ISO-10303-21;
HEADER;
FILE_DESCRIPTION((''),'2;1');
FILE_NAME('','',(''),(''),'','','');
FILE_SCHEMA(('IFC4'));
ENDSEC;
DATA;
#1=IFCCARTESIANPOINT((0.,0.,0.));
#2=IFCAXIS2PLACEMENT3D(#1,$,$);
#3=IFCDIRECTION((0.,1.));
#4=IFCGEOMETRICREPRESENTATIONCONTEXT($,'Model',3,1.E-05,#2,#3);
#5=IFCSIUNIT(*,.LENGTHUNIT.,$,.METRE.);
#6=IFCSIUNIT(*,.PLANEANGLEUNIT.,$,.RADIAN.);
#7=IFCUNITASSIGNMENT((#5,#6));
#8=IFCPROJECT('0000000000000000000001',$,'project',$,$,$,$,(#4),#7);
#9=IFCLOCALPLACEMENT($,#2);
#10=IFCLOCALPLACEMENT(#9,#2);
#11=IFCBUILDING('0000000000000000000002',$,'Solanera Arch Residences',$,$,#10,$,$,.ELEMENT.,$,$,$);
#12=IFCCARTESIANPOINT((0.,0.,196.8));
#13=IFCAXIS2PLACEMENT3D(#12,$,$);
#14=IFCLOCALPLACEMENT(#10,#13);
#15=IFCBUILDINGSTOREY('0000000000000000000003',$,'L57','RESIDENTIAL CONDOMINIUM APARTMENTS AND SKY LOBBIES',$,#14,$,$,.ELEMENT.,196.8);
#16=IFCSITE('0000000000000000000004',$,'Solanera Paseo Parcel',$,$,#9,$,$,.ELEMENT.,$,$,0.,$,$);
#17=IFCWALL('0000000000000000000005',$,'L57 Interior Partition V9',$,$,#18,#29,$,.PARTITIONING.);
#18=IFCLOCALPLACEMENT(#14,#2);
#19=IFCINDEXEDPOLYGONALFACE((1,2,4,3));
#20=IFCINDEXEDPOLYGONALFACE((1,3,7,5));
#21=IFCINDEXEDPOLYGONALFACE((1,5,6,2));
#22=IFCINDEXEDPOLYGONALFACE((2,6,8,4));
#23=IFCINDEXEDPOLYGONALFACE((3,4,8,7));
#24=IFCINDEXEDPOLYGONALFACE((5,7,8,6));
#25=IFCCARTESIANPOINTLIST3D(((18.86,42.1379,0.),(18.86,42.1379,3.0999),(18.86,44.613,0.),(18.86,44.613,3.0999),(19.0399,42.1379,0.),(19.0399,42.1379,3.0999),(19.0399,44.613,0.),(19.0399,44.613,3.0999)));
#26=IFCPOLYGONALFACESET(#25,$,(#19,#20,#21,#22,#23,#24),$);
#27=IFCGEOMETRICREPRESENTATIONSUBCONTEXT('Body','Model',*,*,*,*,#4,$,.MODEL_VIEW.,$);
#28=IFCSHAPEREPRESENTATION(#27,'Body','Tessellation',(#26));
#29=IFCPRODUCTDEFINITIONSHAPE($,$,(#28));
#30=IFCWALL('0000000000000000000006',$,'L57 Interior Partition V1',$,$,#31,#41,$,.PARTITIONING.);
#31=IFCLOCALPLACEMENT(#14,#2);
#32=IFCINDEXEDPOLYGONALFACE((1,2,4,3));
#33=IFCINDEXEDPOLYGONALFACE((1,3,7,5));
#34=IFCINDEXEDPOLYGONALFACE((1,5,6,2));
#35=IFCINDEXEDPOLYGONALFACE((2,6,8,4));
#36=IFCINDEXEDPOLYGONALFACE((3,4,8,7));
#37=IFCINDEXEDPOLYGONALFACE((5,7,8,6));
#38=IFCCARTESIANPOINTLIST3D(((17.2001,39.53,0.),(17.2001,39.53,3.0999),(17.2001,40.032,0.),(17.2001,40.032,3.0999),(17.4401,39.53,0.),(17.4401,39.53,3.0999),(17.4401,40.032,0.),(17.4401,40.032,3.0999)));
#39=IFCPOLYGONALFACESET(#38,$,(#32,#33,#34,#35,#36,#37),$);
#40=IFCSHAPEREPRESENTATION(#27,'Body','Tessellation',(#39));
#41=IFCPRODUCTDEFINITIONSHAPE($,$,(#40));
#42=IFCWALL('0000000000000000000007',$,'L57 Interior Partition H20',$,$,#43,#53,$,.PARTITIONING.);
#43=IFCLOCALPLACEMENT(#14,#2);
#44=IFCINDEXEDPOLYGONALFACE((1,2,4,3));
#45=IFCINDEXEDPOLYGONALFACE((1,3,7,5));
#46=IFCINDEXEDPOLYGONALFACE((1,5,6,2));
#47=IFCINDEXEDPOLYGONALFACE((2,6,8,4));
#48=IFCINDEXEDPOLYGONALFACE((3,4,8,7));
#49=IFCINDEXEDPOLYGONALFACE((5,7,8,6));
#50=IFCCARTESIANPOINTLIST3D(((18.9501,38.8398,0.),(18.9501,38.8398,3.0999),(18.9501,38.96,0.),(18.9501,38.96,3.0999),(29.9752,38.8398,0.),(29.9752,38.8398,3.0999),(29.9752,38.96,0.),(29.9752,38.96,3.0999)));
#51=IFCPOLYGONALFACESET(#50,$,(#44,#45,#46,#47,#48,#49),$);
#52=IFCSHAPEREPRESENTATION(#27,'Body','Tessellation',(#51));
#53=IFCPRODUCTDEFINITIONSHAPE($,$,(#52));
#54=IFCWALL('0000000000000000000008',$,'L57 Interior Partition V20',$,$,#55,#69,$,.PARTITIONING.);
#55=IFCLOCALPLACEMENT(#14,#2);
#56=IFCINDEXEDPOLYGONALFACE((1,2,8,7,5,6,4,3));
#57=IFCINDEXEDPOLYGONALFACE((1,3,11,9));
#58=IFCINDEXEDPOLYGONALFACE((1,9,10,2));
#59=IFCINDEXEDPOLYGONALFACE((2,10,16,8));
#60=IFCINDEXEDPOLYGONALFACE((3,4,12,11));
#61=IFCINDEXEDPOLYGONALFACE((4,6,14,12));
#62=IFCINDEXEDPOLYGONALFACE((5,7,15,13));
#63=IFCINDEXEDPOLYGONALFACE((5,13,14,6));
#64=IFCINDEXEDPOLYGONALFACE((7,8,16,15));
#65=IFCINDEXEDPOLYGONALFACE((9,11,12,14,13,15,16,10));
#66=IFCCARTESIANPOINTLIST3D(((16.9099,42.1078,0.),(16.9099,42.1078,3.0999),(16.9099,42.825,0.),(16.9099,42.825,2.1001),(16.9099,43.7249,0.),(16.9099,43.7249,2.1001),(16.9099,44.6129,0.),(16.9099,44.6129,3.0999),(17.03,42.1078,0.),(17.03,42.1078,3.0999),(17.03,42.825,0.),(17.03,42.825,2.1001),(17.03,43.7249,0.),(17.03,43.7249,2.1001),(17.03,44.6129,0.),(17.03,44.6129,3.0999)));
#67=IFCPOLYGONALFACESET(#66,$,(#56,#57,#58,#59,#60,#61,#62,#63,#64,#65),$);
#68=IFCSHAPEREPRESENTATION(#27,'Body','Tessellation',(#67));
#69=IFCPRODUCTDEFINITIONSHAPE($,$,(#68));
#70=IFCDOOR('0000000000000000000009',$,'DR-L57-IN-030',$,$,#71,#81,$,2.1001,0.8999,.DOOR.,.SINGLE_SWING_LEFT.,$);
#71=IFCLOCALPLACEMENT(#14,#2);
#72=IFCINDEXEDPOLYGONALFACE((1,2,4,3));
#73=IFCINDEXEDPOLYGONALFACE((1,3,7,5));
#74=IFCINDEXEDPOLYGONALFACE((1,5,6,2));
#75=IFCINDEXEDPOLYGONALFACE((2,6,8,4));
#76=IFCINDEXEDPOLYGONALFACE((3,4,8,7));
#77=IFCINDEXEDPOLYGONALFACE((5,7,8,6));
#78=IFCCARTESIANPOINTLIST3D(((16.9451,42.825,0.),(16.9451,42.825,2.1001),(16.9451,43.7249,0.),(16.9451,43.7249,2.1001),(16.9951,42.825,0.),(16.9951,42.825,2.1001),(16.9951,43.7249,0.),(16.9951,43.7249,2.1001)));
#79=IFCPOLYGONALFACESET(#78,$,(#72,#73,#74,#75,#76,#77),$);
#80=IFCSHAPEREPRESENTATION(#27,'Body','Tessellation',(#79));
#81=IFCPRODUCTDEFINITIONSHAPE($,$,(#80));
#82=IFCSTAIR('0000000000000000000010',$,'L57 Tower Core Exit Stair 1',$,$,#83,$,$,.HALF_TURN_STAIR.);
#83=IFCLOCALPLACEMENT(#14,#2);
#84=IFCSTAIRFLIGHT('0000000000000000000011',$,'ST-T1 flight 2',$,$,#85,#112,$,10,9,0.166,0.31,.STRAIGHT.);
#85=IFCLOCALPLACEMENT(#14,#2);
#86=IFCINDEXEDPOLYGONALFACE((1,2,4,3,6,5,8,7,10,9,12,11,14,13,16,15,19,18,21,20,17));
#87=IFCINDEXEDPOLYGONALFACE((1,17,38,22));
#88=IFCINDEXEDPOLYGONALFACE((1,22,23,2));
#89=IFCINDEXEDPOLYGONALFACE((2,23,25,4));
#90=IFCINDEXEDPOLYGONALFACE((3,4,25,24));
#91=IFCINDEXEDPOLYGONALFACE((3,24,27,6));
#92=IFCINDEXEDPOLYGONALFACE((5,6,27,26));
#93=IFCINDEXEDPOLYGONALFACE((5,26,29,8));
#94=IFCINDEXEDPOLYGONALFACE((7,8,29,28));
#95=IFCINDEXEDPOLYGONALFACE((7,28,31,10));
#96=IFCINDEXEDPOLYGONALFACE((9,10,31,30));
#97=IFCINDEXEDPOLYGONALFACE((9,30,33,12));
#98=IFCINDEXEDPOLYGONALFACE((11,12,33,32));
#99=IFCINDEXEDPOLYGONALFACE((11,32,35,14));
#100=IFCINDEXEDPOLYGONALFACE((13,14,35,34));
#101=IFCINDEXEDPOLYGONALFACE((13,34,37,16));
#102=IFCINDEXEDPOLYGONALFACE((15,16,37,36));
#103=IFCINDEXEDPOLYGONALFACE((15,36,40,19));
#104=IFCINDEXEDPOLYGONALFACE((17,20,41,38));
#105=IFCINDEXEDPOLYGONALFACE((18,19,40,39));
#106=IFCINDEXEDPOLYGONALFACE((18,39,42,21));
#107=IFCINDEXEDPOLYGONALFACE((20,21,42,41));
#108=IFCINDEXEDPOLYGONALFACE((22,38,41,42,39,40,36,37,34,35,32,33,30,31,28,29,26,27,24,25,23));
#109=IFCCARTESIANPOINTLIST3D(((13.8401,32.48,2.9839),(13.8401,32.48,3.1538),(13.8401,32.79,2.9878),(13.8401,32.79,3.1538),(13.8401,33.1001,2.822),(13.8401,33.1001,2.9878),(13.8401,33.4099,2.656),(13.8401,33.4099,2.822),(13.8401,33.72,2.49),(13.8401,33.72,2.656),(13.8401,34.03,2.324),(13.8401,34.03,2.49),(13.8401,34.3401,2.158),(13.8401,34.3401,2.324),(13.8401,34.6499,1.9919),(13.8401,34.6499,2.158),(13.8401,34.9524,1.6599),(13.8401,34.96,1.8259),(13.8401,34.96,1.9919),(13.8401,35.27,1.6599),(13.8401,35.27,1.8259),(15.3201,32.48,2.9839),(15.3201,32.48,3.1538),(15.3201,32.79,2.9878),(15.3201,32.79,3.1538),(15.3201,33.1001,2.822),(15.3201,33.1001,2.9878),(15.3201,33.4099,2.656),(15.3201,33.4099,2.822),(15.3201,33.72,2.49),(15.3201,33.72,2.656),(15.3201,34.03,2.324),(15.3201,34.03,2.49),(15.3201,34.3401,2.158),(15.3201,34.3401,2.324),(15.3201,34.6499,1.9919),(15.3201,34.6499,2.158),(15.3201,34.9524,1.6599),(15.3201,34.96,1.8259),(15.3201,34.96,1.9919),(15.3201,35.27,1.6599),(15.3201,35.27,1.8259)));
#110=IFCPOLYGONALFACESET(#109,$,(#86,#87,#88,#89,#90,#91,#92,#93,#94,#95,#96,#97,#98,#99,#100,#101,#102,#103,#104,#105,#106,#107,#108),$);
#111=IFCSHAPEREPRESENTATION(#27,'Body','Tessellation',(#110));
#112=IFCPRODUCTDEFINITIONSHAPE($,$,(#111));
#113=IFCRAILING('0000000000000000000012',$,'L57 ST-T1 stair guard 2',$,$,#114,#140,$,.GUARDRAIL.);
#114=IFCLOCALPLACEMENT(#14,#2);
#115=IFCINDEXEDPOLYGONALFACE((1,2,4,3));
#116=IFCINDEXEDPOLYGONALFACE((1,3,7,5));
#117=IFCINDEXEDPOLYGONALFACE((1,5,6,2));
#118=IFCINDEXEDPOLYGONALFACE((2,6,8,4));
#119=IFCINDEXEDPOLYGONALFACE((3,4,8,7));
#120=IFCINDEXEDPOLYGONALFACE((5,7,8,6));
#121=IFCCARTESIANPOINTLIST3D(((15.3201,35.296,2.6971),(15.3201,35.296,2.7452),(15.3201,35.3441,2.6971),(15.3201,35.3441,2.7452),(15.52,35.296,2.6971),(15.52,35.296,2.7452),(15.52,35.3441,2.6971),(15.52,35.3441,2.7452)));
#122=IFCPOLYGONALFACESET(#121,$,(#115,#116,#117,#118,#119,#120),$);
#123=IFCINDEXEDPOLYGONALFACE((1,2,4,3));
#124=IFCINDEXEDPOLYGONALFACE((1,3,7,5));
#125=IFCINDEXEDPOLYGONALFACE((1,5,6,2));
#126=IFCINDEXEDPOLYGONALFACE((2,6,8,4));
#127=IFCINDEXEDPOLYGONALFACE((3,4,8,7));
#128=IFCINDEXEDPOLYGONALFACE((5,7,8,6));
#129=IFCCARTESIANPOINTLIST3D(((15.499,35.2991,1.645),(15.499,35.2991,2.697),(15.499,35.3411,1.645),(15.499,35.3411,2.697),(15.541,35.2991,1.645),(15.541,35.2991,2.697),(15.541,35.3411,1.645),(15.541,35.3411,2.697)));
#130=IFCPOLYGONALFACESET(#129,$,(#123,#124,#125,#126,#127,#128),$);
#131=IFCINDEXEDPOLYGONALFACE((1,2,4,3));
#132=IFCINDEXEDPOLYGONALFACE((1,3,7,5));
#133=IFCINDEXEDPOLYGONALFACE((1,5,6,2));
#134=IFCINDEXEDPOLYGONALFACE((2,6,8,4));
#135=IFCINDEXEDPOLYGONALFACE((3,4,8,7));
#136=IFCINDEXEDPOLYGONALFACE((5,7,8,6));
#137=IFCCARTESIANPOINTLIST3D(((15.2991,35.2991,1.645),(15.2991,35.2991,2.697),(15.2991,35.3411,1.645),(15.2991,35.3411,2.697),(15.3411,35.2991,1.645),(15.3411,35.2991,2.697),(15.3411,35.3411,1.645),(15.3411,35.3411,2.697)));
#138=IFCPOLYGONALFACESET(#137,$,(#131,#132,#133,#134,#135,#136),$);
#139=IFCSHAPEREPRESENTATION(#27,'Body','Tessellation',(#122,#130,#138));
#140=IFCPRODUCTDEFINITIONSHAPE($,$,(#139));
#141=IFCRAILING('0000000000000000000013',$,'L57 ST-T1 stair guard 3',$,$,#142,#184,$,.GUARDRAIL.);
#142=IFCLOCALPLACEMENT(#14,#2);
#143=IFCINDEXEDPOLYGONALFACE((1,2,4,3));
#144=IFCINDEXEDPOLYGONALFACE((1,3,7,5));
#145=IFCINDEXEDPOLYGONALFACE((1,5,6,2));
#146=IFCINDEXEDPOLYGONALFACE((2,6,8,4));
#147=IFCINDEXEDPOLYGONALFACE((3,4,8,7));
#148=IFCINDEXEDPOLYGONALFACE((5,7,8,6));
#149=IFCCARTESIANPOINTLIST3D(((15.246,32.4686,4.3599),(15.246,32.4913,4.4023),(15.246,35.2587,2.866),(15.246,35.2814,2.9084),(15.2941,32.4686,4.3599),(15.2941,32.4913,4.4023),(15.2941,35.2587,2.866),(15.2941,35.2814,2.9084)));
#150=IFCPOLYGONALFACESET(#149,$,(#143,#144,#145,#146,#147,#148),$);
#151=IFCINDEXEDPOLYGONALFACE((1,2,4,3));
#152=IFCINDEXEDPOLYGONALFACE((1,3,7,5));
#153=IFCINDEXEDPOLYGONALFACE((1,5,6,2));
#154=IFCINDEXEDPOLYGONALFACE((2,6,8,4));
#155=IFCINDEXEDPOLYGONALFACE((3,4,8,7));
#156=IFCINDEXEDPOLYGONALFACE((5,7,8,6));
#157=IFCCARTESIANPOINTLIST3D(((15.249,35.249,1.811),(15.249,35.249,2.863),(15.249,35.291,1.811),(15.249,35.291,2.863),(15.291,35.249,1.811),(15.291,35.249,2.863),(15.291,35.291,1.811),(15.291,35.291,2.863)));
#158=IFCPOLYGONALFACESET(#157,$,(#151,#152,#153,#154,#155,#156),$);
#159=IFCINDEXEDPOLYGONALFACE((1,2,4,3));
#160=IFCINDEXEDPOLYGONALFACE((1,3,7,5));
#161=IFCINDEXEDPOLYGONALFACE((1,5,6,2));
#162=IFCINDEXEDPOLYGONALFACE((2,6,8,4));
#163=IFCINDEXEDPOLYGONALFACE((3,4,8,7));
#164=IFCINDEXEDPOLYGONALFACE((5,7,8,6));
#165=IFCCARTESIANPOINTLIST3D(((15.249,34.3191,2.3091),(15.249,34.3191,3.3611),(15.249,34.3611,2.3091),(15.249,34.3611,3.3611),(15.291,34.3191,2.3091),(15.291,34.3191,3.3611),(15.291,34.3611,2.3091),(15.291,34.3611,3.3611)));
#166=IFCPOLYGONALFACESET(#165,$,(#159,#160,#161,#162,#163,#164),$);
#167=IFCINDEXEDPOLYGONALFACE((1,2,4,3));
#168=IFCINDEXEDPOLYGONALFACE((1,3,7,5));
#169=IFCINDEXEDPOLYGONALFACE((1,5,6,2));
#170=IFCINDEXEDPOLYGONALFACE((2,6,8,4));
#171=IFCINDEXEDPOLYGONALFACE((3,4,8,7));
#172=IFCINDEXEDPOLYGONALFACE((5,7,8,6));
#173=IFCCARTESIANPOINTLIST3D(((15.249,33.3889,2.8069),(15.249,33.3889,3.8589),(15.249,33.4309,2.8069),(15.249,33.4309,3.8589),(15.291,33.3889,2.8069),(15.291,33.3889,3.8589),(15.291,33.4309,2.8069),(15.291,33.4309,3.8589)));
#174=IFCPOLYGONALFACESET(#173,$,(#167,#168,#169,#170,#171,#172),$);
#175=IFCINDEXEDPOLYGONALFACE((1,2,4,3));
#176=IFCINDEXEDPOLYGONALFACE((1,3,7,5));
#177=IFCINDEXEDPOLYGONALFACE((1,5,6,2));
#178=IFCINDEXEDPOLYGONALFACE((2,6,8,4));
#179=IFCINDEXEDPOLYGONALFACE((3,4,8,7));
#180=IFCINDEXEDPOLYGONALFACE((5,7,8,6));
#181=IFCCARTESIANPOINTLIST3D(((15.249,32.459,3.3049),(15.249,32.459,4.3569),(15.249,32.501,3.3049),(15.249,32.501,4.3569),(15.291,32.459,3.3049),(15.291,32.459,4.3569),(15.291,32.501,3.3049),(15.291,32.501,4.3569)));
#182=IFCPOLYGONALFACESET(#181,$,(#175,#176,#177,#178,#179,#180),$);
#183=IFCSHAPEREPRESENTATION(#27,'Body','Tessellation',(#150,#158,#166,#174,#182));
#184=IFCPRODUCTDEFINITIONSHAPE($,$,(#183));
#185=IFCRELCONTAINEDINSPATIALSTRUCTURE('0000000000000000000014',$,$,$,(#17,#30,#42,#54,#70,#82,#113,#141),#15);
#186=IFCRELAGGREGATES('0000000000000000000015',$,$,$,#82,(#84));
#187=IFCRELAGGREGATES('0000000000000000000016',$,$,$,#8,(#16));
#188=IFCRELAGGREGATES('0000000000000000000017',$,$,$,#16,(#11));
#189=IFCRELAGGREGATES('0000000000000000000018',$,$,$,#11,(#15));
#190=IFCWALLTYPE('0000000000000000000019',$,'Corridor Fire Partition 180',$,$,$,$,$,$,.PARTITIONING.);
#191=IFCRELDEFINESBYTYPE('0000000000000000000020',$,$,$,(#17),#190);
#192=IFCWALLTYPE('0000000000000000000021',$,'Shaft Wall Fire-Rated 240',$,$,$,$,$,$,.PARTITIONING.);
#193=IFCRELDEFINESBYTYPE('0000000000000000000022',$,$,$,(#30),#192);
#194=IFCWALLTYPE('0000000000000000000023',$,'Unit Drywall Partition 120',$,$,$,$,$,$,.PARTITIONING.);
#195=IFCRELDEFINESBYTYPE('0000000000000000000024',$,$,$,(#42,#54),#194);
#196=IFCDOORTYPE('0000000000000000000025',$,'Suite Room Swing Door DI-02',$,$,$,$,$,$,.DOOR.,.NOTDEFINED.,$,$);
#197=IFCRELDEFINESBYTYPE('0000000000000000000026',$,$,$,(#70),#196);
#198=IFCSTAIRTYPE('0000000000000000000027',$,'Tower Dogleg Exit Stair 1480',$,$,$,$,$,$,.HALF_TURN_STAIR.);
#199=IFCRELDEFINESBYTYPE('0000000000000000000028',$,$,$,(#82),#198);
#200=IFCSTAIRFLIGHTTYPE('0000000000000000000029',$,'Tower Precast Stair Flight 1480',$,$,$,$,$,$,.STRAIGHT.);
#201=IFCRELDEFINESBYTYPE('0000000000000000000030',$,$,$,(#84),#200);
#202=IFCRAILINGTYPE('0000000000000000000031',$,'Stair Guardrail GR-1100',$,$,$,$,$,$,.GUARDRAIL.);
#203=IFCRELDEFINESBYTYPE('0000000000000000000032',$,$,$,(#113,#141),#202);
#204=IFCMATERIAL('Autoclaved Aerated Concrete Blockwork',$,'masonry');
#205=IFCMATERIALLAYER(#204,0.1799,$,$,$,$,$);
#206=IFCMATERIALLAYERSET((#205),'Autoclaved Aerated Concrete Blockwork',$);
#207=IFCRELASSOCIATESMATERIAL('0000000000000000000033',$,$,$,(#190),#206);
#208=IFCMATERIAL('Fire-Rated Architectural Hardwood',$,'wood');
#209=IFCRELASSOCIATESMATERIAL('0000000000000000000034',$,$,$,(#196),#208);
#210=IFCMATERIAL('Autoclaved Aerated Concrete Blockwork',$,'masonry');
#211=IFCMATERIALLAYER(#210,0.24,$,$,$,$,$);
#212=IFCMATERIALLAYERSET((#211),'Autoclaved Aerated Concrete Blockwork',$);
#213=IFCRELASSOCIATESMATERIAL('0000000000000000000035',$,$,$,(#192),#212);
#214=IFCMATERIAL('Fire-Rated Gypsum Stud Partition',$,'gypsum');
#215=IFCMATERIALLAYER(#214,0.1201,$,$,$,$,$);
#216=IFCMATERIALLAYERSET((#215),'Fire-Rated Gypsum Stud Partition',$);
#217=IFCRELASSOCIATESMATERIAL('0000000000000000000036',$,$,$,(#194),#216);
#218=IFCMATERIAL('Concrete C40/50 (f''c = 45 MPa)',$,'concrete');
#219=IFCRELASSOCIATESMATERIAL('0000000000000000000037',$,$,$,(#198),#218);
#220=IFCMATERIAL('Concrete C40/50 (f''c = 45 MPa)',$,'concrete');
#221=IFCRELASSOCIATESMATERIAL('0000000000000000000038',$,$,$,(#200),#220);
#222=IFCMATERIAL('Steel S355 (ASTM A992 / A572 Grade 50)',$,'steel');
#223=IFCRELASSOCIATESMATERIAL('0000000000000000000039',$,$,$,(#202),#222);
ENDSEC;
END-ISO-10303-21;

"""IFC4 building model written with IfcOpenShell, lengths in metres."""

from ifc_helpers import new_model, si_unit, direction, frame, frame_2d, origin, origin_2d, place, context, subcontext, project, spatial, polyline, rectangle, outline, extrude, material, layer, layer_set, type_object, element, fill, aggregate, save


model = new_model("IFC4")

# Units and contexts
model_context = context("Model", 3, precision=1e-05, world=origin(), true_north=direction((0.0, 1.0)))
body_context = subcontext(model_context, "Body", "Model", "MODEL_VIEW")
ifc_project = project(units=[si_unit("LENGTHUNIT", "METRE"), si_unit("PLANEANGLEUNIT", "RADIAN")], contexts=[model_context])

# Site, building, storey
site_placement = place(None, origin())
site = spatial("IfcSite", under=ifc_project, at=site_placement, Name="Solanera Paseo Parcel", CompositionType="ELEMENT", RefElevation=0.0)
building_placement = place(site_placement, origin())
building = spatial("IfcBuilding", under=site, at=building_placement, Name="Solanera Arch Residences", CompositionType="ELEMENT")
storey_placement = place(building_placement, frame((0.0, 0.0, 196.8)))
storey = spatial("IfcBuildingStorey", under=building, at=storey_placement, Name="L57", Description="RESIDENTIAL CONDOMINIUM APARTMENTS AND SKY LOBBIES", CompositionType="ELEMENT", Elevation=196.8)

# Shared definitions
ifc_material_1 = material(Name="Autoclaved Aerated Concrete Blockwork", Category="masonry")
ifc_layer_1 = layer(ifc_material_1, 0.1799)
ifc_layer_set_1 = layer_set([ifc_layer_1], Name="Autoclaved Aerated Concrete Blockwork")
wall_type_1 = type_object("IfcWallType", Name="Corridor Fire Partition 180", PredefinedType="PARTITIONING", material=ifc_layer_set_1)

# Shared definitions
ifc_material_2 = material(Name="Fire-Rated Architectural Hardwood", Category="wood")
door_type = type_object("IfcDoorType", Name="Suite Room Swing Door DI-02", OperationType="NOTDEFINED", PredefinedType="DOOR", material=ifc_material_2)

# Walls
wall_1_placement = place(storey_placement, frame((18.95, 42.1379, 0.0), z_axis=(0.0, 0.0, 1.0), x_axis=(0.0, 1.0, 0.0)))
element("IfcWall", 1, at=wall_1_placement, inside=storey, type_object=wall_type_1, Name="L57 Interior Partition V9", PredefinedType="PARTITIONING", context=body_context, shape_type="SweptSolid", body=[
    extrude(rectangle(XDim=2.4751, YDim=0.1799, at=frame_2d((1.2375, 0.0))), origin(), (0.0, 0.0, 1.0), 3.0999),
])
ifc_material_3 = material(Name="Autoclaved Aerated Concrete Blockwork", Category="masonry")
ifc_layer_2 = layer(ifc_material_3, 0.24)
ifc_layer_set_2 = layer_set([ifc_layer_2], Name="Autoclaved Aerated Concrete Blockwork")
wall_type_2 = type_object("IfcWallType", Name="Shaft Wall Fire-Rated 240", PredefinedType="PARTITIONING", material=ifc_layer_set_2)
wall_2_placement = place(storey_placement, frame((17.3201, 39.53, 0.0), z_axis=(0.0, 0.0, 1.0), x_axis=(0.0, 1.0, 0.0)))
element("IfcWall", 2, at=wall_2_placement, inside=storey, type_object=wall_type_2, Name="L57 Interior Partition V1", PredefinedType="PARTITIONING", context=body_context, shape_type="SweptSolid", body=[
    extrude(rectangle(XDim=0.502, YDim=0.24, at=frame_2d((0.251, 0.0))), origin(), (0.0, 0.0, 1.0), 3.0999),
])
ifc_material_4 = material(Name="Fire-Rated Gypsum Stud Partition", Category="gypsum")
ifc_layer_3 = layer(ifc_material_4, 0.1201)
ifc_layer_set_3 = layer_set([ifc_layer_3], Name="Fire-Rated Gypsum Stud Partition")
wall_type_3 = type_object("IfcWallType", Name="Unit Drywall Partition 120", PredefinedType="PARTITIONING", material=ifc_layer_set_3)
wall_3_placement = place(storey_placement, frame((18.95, 38.8999, 0.0), z_axis=(0.0, 0.0, 1.0), x_axis=(1.0, 0.0, 0.0)))
element("IfcWall", 3, at=wall_3_placement, inside=storey, type_object=wall_type_3, Name="L57 Interior Partition H20", PredefinedType="PARTITIONING", context=body_context, shape_type="SweptSolid", body=[
    extrude(rectangle(XDim=11.0251, YDim=0.1201, at=frame_2d((5.5127, 0.0))), origin(), (0.0, 0.0, 1.0), 3.0999),
])

# Wall, opening, door
wall_4_placement = place(storey_placement, frame((16.97, 42.1079, 0.0), z_axis=(0.0, 0.0, 1.0), x_axis=(0.0, 1.0, 0.0)))
wall_4 = element("IfcWall", 4, at=wall_4_placement, inside=storey, type_object=wall_type_3, Name="L57 Interior Partition V20", PredefinedType="PARTITIONING", context=body_context, shape_type="SweptSolid", body=[
    extrude(rectangle(XDim=2.5051, YDim=0.1201, at=frame_2d((1.2524, 0.0))), origin(), (0.0, 0.0, 1.0), 3.0999),
])
opening_1_placement = place(wall_4_placement, frame((0.717, 0.0, 0.0)))
opening_1 = element("IfcOpeningElement", 5, at=opening_1_placement, cuts=wall_4, PredefinedType="OPENING", context=body_context, shape_type="SweptSolid", body=[
    extrude(rectangle(XDim=0.8999, YDim=2.1001, at=frame_2d((0.45, 1.05))), frame((0.0, 0.0701, 0.0), z_axis=(0.0, -1.0, 0.0), x_axis=(1.0, 0.0, 0.0)), (0.0, 0.0, 1.0), 0.1401),
])
door_1_placement = place(opening_1_placement, origin())
door_1 = element("IfcDoor", 6, at=door_1_placement, inside=storey, type_object=door_type, Name="DR-L57-IN-030", OperationType="SINGLE_SWING_LEFT", OverallHeight=2.1001, OverallWidth=0.8999, PredefinedType="DOOR", context=body_context, shape_type="SweptSolid", body=[
    extrude(rectangle(XDim=0.8999, YDim=2.1001, at=frame_2d((0.45, 1.05))), frame((0.0, 0.0249, 0.0), z_axis=(0.0, -1.0, 0.0), x_axis=(1.0, 0.0, 0.0)), (0.0, 0.0, 1.0), 0.05),
])
fill(opening_1, door_1)

# Stair, stair flight
ifc_material_5 = material(Name="Concrete C40/50 (f'c = 45 MPa)", Category="concrete")
stair_type = type_object("IfcStairType", Name="Tower Dogleg Exit Stair 1480", PredefinedType="HALF_TURN_STAIR", material=ifc_material_5)
stair_placement = place(storey_placement, origin())
stair = element("IfcStair", 7, at=stair_placement, inside=storey, type_object=stair_type, Name="L57 Tower Core Exit Stair 1", PredefinedType="HALF_TURN_STAIR")
ifc_material_6 = material(Name="Concrete C40/50 (f'c = 45 MPa)", Category="concrete")
stair_flight_type = type_object("IfcStairFlightType", Name="Tower Precast Stair Flight 1480", PredefinedType="STRAIGHT", material=ifc_material_6)
stair_flight_placement = place(storey_placement, frame((14.5801, 35.27, 1.6599), z_axis=(0.0, 0.0, 1.0), x_axis=(0.0, -1.0, 0.0)))
stair_flight = element("IfcStairFlight", 8, at=stair_flight_placement, type_object=stair_flight_type, Name="ST-T1 flight 2", NumberOfRisers=10, NumberOfTreads=9, PredefinedType="STRAIGHT", RiserHeight=0.166, TreadLength=0.31, context=body_context, shape_type="SweptSolid", body=[
    extrude(outline(polyline([(0.0, 0.0), (0.0, 0.166), (0.3101, 0.166), (0.3101, 0.332), (0.6201, 0.332), (0.6201, 0.498), (0.9299, 0.498), (0.9299, 0.6641), (1.24, 0.6641), (1.24, 0.8301), (1.55, 0.8301), (1.55, 0.9961), (1.8601, 0.9961), (1.8601, 1.1621), (2.1699, 1.1621), (2.1699, 1.3279), (2.48, 1.3279), (2.48, 1.4939), (2.79, 1.4939), (2.79, 1.6599), (2.79, 1.324), (0.3176, 0.0), (0.0, 0.0)])), frame((0.0, 0.74, 0.0), z_axis=(0.0, -1.0, 0.0), x_axis=(1.0, 0.0, 0.0)), (0.0, 0.0, 1.0), 1.48),
])
aggregate(stair, [stair_flight])

# Railings
ifc_material_7 = material(Name="Steel S355 (ASTM A992 / A572 Grade 50)", Category="steel")
railing_type_1 = type_object("IfcRailingType", Name="Stair Guardrail GR-1100", PredefinedType="GUARDRAIL", material=ifc_material_7)
railing_1_placement = place(storey_placement, frame((15.52, 35.3201, 1.645)))
element("IfcRailing", 9, at=railing_1_placement, inside=storey, type_object=railing_type_1, Name="L57 ST-T1 stair guard 2", PredefinedType="GUARDRAIL", context=body_context, shape_type="SweptSolid", body=[
    extrude(rectangle(XDim=0.0481, YDim=0.0481, at=origin_2d()), frame((0.0, 0.0, 1.0762), z_axis=(-1.0, 0.0, 0.0), x_axis=(0.0, -1.0, 0.0)), (0.0, 0.0, 1.0), 0.2),
    extrude(rectangle(XDim=0.042, YDim=0.042, at=origin_2d()), origin(), (0.0, 0.0, 1.0), 1.052),
    extrude(rectangle(XDim=0.042, YDim=0.042, at=origin_2d()), frame((-0.2, 0.0, 0.0)), (0.0, 0.0, 1.0), 1.052),
])
railing_2_placement = place(storey_placement, frame((15.27, 35.27, 1.811)))
element("IfcRailing", 10, at=railing_2_placement, inside=storey, type_object=railing_type_1, Name="L57 ST-T1 stair guard 3", PredefinedType="GUARDRAIL", context=body_context, shape_type="SweptSolid", body=[
    extrude(rectangle(XDim=0.0481, YDim=0.0481, at=origin_2d()), frame((0.0, 0.0, 1.0762), z_axis=(0.0, -0.881581, 0.472033), x_axis=(1.0, 0.0, 0.0)), (0.0, 0.0, 1.0), 3.1648),
    extrude(rectangle(XDim=0.042, YDim=0.042, at=origin_2d()), origin(), (0.0, 0.0, 1.0), 1.052),
    extrude(rectangle(XDim=0.042, YDim=0.042, at=origin_2d()), frame((0.0, -0.9299, 0.498)), (0.0, 0.0, 1.0), 1.052),
    extrude(rectangle(XDim=0.042, YDim=0.042, at=origin_2d()), frame((0.0, -1.8601, 0.9958)), (0.0, 0.0, 1.0), 1.052),
    extrude(rectangle(XDim=0.042, YDim=0.042, at=origin_2d()), frame((0.0, -2.79, 1.4939)), (0.0, 0.0, 1.0), 1.052),
])

save(model, "model.ifc")
